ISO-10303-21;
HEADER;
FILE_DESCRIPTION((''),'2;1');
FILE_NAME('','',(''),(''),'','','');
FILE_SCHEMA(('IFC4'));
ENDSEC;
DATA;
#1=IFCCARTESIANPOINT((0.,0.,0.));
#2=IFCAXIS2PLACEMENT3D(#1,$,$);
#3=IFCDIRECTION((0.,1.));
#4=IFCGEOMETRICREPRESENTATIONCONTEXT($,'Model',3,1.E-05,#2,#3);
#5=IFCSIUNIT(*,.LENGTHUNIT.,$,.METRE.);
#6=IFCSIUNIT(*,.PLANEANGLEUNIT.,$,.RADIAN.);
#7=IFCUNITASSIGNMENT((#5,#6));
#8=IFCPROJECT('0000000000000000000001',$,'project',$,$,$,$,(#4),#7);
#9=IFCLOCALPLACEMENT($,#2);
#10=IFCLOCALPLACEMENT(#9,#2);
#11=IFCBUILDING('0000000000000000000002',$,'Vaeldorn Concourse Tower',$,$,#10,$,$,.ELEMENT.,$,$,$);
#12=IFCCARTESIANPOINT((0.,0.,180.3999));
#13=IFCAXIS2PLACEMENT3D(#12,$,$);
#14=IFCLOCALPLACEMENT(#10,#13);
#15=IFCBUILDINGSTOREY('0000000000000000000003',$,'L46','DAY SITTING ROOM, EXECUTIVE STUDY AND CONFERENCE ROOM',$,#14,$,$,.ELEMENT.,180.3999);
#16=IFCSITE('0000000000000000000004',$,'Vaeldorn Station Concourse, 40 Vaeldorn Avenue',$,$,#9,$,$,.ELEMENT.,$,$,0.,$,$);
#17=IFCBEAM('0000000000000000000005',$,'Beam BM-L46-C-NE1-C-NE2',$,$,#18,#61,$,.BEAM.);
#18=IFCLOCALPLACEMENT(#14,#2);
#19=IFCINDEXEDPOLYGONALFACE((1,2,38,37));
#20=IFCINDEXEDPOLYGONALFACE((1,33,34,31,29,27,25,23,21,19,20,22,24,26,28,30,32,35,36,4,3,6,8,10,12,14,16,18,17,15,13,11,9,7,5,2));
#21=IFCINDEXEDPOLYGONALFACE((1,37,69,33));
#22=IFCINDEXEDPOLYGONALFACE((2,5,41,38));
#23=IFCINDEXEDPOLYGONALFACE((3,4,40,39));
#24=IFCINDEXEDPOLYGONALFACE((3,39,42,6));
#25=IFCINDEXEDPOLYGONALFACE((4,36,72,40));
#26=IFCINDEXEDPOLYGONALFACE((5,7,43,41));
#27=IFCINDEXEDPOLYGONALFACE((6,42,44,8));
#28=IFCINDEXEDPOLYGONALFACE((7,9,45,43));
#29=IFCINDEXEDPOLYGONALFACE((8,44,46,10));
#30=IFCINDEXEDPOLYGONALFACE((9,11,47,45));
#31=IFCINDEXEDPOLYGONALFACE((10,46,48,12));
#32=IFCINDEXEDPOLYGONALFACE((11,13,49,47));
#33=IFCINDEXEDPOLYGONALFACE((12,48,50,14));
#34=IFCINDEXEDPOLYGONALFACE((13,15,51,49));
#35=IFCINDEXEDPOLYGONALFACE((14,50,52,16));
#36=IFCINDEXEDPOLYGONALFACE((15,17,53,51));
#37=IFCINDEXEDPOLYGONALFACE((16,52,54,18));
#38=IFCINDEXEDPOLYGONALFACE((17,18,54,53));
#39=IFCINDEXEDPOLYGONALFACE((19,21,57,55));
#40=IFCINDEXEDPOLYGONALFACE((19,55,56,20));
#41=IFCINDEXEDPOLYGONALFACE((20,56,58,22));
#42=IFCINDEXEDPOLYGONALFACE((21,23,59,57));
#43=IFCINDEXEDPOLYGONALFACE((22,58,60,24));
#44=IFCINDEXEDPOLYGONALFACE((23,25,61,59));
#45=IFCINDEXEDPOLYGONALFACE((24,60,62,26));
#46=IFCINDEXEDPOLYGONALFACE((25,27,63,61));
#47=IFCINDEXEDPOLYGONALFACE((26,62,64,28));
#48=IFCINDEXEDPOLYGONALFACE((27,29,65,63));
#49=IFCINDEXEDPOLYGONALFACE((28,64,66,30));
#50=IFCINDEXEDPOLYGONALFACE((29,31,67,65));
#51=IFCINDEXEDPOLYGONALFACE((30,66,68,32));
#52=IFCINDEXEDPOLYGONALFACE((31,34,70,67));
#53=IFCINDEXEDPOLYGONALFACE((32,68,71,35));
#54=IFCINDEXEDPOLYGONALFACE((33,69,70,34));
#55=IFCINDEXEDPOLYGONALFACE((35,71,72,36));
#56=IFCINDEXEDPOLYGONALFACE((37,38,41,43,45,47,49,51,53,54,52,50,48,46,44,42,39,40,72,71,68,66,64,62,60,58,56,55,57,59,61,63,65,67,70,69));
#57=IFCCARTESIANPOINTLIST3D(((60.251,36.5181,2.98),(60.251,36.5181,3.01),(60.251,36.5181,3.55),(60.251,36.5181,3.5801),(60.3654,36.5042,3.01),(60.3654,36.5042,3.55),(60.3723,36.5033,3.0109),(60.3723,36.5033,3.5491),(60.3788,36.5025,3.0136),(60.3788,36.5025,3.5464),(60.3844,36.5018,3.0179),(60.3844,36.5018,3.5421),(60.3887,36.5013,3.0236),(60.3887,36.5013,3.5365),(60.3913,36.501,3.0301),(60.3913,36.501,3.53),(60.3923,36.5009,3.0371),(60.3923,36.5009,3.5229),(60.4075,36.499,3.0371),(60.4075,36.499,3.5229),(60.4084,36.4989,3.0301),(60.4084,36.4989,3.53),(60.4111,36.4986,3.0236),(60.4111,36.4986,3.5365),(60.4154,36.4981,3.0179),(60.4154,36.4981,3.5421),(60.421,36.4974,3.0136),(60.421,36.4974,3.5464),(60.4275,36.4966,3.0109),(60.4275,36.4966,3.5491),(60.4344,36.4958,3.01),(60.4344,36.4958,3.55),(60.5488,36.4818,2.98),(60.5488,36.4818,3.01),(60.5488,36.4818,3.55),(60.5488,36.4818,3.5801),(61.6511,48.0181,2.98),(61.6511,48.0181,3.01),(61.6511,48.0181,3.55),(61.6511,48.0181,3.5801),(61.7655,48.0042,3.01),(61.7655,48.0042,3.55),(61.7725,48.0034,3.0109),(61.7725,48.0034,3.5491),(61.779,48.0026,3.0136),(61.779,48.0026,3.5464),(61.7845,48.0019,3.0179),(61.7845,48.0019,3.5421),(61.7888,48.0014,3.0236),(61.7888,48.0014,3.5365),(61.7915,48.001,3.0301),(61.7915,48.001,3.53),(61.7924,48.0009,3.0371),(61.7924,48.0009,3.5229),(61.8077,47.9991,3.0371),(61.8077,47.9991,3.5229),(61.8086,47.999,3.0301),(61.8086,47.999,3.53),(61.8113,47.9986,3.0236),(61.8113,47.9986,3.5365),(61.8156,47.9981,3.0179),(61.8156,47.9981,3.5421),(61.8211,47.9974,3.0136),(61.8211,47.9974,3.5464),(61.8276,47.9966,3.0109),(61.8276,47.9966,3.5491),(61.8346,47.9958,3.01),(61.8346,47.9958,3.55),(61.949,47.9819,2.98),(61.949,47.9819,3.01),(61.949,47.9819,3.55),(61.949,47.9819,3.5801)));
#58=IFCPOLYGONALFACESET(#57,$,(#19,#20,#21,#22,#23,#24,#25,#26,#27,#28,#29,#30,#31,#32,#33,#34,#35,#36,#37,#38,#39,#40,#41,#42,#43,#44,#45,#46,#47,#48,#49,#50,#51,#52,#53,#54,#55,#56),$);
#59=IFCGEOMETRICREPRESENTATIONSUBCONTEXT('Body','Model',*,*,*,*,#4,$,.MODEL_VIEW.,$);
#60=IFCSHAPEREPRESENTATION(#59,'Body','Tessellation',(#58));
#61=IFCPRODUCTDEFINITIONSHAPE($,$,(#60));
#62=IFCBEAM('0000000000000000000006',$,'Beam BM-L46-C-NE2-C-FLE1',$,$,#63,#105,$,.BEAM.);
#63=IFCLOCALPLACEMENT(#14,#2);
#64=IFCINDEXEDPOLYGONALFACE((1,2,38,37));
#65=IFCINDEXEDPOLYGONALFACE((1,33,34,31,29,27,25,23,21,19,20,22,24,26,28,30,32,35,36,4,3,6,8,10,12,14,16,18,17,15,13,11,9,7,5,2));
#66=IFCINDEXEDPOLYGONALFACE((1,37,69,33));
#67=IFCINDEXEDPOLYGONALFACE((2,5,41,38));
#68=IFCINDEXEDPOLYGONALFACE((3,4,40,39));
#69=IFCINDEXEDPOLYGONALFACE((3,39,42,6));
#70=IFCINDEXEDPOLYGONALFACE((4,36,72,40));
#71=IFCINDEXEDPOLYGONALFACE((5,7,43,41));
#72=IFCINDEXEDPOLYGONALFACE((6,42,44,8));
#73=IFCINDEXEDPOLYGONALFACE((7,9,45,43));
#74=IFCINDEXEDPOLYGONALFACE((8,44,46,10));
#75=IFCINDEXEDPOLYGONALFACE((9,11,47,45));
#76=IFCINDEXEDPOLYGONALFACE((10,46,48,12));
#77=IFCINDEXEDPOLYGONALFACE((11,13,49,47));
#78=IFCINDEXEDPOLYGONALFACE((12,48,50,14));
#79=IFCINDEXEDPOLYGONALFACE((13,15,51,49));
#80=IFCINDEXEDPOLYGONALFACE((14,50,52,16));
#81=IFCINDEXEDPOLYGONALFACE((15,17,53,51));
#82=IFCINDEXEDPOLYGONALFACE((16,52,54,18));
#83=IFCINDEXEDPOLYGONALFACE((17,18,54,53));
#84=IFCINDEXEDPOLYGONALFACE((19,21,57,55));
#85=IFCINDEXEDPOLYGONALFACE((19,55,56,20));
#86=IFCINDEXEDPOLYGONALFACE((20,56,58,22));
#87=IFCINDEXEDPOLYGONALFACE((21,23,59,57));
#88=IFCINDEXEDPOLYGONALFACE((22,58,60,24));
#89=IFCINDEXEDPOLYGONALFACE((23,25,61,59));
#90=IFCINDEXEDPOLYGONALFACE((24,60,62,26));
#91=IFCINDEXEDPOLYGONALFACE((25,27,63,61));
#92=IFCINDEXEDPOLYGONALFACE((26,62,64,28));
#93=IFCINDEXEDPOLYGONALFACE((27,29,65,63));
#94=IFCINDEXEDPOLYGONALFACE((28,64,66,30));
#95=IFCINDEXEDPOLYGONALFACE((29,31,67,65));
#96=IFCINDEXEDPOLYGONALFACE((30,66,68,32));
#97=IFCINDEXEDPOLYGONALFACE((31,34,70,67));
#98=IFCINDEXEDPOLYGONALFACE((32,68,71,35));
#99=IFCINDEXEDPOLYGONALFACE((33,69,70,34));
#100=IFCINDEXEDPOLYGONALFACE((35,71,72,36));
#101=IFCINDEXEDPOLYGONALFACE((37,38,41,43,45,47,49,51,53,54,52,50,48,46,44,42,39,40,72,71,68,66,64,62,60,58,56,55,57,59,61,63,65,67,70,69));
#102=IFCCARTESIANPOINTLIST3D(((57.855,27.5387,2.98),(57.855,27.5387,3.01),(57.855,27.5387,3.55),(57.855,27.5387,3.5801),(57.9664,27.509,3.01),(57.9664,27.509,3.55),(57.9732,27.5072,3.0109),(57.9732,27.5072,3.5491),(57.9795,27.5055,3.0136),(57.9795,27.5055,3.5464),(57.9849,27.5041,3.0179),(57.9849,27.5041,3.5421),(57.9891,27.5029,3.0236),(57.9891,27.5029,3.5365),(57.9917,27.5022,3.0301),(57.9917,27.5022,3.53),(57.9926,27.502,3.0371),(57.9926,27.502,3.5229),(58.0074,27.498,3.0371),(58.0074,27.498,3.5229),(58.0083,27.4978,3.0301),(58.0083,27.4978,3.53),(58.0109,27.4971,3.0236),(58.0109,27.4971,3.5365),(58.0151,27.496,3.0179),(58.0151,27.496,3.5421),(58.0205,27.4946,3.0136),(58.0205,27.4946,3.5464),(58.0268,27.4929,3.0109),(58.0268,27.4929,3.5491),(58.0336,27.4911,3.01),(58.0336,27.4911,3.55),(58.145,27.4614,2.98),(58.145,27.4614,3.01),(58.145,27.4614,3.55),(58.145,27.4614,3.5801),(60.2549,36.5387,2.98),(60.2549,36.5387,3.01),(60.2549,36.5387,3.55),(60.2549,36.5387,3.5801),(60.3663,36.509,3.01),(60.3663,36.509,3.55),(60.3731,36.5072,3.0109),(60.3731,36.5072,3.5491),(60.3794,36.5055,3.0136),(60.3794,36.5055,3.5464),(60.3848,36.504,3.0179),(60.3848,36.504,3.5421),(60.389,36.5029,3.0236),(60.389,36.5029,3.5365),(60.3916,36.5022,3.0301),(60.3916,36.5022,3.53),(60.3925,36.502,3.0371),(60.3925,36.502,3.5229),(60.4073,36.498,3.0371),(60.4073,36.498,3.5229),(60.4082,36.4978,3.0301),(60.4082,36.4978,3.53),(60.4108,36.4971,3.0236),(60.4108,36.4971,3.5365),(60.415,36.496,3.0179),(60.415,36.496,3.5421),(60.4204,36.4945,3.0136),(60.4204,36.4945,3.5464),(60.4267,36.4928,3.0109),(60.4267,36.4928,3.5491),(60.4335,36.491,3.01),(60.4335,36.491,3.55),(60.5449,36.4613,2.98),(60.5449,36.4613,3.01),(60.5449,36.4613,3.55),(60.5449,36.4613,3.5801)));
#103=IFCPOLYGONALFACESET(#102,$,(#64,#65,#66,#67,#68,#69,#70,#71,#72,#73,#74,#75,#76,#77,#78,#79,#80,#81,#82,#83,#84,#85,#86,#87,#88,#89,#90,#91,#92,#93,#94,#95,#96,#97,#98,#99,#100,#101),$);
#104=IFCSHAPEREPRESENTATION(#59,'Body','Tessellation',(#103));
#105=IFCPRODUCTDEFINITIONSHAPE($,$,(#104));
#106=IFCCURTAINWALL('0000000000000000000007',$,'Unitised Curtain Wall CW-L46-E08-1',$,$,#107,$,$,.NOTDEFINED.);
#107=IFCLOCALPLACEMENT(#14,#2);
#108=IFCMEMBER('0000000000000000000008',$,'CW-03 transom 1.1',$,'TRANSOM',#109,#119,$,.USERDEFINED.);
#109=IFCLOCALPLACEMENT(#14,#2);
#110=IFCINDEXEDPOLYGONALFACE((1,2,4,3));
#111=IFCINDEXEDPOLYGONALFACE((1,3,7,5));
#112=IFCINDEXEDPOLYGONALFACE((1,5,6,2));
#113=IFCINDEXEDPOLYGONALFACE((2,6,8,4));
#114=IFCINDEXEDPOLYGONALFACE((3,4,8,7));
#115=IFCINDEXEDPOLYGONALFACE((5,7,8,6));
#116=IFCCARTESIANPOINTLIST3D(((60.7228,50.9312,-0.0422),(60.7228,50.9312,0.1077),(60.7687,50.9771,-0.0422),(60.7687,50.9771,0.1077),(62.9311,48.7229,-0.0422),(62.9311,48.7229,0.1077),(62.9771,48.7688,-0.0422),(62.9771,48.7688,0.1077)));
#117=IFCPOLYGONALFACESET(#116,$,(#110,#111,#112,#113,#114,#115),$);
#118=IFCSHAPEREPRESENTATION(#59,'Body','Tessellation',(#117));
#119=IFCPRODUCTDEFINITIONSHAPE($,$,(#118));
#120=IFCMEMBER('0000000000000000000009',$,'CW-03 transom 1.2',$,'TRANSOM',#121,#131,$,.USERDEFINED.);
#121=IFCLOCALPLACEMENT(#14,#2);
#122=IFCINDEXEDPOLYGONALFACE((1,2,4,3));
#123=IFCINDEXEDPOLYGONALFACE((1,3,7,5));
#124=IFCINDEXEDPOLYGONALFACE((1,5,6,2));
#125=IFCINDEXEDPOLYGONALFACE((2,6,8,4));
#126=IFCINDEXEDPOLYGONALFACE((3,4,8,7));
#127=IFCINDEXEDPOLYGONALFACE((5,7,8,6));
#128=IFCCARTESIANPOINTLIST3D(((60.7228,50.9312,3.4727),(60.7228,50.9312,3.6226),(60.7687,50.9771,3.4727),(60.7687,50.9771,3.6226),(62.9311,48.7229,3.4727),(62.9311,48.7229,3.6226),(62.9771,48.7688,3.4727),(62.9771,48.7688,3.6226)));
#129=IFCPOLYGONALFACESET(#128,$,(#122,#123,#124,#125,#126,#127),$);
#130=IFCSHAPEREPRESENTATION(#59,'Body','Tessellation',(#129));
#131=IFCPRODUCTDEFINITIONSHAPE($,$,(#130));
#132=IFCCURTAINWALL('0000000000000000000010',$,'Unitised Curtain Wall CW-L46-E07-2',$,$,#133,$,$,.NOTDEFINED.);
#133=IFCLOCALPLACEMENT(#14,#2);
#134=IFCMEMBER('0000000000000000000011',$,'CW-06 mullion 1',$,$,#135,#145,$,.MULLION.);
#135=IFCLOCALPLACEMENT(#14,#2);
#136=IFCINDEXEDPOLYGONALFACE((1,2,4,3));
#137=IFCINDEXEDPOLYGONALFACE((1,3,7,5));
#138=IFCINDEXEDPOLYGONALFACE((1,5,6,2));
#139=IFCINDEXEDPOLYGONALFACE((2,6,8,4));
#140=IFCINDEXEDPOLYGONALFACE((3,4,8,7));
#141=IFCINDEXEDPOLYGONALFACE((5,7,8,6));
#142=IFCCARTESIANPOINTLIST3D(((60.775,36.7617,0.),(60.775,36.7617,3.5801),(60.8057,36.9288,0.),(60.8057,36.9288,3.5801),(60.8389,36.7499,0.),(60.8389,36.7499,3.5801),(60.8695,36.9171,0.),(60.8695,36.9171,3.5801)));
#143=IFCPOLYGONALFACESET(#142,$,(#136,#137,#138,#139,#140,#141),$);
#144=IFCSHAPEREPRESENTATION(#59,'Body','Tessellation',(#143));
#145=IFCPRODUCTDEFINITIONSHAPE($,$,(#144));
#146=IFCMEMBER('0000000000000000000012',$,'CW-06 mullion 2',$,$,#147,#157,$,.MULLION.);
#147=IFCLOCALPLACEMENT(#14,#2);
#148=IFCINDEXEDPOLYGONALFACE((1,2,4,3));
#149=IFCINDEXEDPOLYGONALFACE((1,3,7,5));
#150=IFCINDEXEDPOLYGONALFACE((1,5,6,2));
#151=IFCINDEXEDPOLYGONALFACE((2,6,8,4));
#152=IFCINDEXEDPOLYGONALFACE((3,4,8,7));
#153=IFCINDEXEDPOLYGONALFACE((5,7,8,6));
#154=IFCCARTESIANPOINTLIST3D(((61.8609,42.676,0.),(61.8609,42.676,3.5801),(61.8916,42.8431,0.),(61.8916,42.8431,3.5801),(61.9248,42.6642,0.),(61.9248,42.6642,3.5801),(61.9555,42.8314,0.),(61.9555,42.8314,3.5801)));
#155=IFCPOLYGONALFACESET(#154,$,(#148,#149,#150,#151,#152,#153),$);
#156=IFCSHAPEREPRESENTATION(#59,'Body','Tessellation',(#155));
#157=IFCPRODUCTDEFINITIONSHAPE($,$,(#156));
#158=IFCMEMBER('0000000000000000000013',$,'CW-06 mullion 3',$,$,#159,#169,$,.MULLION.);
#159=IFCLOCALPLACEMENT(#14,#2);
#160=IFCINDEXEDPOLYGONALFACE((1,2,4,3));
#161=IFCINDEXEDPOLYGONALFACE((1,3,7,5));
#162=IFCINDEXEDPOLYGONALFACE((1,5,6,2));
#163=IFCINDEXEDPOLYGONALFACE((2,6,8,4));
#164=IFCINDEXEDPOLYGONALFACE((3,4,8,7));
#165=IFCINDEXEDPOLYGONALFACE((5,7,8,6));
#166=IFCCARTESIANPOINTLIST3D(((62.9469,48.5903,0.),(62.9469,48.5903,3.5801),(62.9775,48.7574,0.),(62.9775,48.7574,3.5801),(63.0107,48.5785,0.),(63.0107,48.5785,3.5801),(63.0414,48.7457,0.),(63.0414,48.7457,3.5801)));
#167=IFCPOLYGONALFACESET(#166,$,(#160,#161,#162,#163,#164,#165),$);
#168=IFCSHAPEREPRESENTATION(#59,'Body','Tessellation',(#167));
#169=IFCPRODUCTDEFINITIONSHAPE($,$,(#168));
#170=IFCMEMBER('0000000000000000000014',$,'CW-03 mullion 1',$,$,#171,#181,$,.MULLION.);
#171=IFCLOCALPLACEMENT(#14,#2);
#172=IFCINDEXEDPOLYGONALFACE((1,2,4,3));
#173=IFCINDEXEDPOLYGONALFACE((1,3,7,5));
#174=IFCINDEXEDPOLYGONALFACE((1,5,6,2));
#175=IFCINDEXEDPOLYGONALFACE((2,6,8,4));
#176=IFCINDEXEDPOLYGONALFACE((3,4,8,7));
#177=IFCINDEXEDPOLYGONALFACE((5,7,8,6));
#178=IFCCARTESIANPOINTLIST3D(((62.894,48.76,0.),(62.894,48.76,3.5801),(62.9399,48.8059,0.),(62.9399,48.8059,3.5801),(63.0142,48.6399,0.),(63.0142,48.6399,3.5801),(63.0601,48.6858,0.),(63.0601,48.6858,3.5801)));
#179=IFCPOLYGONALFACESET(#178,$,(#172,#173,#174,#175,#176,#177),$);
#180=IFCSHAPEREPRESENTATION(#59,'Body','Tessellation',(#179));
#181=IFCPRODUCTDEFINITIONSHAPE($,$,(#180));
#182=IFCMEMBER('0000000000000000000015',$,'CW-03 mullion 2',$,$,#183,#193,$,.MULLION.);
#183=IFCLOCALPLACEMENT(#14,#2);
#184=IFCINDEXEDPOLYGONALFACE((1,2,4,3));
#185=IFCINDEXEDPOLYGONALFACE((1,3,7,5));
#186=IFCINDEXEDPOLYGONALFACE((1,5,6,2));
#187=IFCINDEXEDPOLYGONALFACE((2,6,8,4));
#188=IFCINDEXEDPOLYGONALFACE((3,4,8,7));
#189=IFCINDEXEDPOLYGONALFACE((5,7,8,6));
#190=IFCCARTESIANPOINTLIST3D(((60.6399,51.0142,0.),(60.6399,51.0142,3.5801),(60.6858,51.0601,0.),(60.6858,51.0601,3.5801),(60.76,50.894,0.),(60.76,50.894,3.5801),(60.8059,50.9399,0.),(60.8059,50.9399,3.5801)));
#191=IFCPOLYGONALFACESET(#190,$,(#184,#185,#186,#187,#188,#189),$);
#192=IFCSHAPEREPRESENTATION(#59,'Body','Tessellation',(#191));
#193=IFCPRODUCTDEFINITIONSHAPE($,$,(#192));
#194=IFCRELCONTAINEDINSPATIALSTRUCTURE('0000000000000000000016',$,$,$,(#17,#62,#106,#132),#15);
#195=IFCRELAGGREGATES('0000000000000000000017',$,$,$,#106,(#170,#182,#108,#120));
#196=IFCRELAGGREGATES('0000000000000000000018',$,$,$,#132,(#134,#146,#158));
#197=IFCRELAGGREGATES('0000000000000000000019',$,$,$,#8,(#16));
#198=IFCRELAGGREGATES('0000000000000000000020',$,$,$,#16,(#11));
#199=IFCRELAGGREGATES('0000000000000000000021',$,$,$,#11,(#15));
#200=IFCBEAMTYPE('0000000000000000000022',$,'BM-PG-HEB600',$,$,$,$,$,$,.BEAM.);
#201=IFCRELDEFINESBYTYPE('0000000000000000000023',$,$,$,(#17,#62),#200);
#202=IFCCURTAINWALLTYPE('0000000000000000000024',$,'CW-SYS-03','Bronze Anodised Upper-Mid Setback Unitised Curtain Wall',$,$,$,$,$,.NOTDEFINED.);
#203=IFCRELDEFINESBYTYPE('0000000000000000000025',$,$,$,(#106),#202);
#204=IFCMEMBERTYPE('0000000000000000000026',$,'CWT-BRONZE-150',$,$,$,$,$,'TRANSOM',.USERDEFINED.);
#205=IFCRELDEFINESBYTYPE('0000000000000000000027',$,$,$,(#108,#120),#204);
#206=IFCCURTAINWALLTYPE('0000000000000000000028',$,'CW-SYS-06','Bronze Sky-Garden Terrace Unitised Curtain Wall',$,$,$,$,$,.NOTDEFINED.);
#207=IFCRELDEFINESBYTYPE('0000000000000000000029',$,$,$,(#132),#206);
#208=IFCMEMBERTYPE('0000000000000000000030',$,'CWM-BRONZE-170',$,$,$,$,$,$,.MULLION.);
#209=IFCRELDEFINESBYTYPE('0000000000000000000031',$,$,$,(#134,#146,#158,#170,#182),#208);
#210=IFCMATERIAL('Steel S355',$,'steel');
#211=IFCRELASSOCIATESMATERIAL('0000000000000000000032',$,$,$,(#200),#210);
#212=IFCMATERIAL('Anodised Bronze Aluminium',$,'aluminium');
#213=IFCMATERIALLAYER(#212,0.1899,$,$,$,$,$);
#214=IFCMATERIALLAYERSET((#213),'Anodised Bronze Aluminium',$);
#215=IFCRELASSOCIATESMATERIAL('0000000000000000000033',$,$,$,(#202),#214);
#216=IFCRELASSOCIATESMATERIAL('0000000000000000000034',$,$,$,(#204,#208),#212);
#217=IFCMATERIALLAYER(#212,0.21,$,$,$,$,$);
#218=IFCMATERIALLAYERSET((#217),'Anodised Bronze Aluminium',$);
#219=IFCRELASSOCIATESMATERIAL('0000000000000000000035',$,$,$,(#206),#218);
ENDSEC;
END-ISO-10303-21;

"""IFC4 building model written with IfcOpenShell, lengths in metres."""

from ifc_helpers import new_model, si_unit, direction, frame, origin, origin_2d, place, context, subcontext, project, spatial, rectangle, i_section, extrude, source, transform, mapped, material, layer, layer_set, material_profile, profile_set, type_object, element, aggregate, save


model = new_model("IFC4")

# Units and contexts
model_context = context("Model", 3, precision=1e-05, world=origin(), true_north=direction((0.0, 1.0)))
body_context = subcontext(model_context, "Body", "Model", "MODEL_VIEW")
ifc_project = project(units=[si_unit("LENGTHUNIT", "METRE"), si_unit("PLANEANGLEUNIT", "RADIAN")], contexts=[model_context])

# Site, building, storey
site_placement = place(None, origin())
site = spatial("IfcSite", under=ifc_project, at=site_placement, Name="Vaeldorn Station Concourse, 40 Vaeldorn Avenue", CompositionType="ELEMENT", RefElevation=0.0)
building_placement = place(site_placement, origin())
building = spatial("IfcBuilding", under=site, at=building_placement, Name="Vaeldorn Concourse Tower", CompositionType="ELEMENT")
storey_placement = place(building_placement, frame((0.0, 0.0, 180.3999)))
storey = spatial("IfcBuildingStorey", under=building, at=storey_placement, Name="L46", Description="DAY SITTING ROOM, EXECUTIVE STUDY AND CONFERENCE ROOM", CompositionType="ELEMENT", Elevation=180.3999)

# Beams
ifc_material_1 = material(Name="Steel S355", Category="steel")
ifc_material_profile_1 = material_profile(ifc_material_1, i_section(OverallWidth=0.3, OverallDepth=0.6001, WebThickness=0.0154, FlangeThickness=0.03, FilletRadius=0.0271, at=origin_2d()), Name="HEB 600")
ifc_profile_set_1 = profile_set([ifc_material_profile_1], Name="Steel S355")
beam_type = type_object("IfcBeamType", Name="BM-PG-HEB600", PredefinedType="BEAM", material=ifc_profile_set_1)
shared_shape_1 = source(origin(), body_context, "Body", "SweptSolid", [
    extrude(i_section(OverallWidth=0.3, OverallDepth=0.6001, WebThickness=0.0154, FlangeThickness=0.03, FilletRadius=0.0271, at=origin_2d()), origin(), (0.0, 0.0, 1.0), 11.585),
])
beam_1_placement = place(storey_placement, frame((61.8, 48.0, 3.28), z_axis=(-0.120859, -0.99267, 0.0), x_axis=(0.99267, -0.120859, 0.0)))
element("IfcBeam", 1, at=beam_1_placement, inside=storey, type_object=beam_type, Name="Beam BM-L46-C-NE1-C-NE2", PredefinedType="BEAM", context=body_context, shape_type="MappedRepresentation", body=[
    mapped(shared_shape_1, transform((0.0, 0.0, 0.0), scale=1.0)),
])
shared_shape_2 = source(origin(), body_context, "Body", "SweptSolid", [
    extrude(i_section(OverallWidth=0.3, OverallDepth=0.6001, WebThickness=0.0154, FlangeThickness=0.03, FilletRadius=0.0271, at=origin_2d()), origin(), (0.0, 0.0, 1.0), 9.3145),
])
beam_2_placement = place(storey_placement, frame((60.3999, 36.5, 3.28), z_axis=(-0.257653, -0.966238, 0.0), x_axis=(0.966238, -0.257653, 0.0)))
element("IfcBeam", 2, at=beam_2_placement, inside=storey, type_object=beam_type, Name="Beam BM-L46-C-NE2-C-FLE1", PredefinedType="BEAM", context=body_context, shape_type="MappedRepresentation", body=[
    mapped(shared_shape_2, transform((0.0, 0.0, 0.0), scale=1.0)),
])

# Curtain walls, members
ifc_material_2 = material(Name="Anodised Bronze Aluminium", Category="aluminium")
ifc_layer_1 = layer(ifc_material_2, 0.1899)
ifc_layer_set_1 = layer_set([ifc_layer_1], Name="Anodised Bronze Aluminium")
curtain_wall_type_1 = type_object("IfcCurtainWallType", Name="CW-SYS-03", Description="Bronze Anodised Upper-Mid Setback Unitised Curtain Wall", PredefinedType="NOTDEFINED", material=ifc_layer_set_1)
curtain_wall_1_placement = place(storey_placement, origin())
curtain_wall_1 = element("IfcCurtainWall", 3, at=curtain_wall_1_placement, inside=storey, type_object=curtain_wall_type_1, Name="Unitised Curtain Wall CW-L46-E08-1", PredefinedType="NOTDEFINED")
ifc_material_profile_2 = material_profile(ifc_material_2, rectangle(XDim=0.0649, YDim=0.1499, at=origin_2d()), Name="CWT 65x150")
ifc_profile_set_2 = profile_set([ifc_material_profile_2], Name="Anodised Bronze Aluminium")
member_type_1 = type_object("IfcMemberType", Name="CWT-BRONZE-150", ElementType="TRANSOM", PredefinedType="USERDEFINED", material=ifc_profile_set_2)
shared_shape_3 = source(origin(), body_context, "Body", "SweptSolid", [
    extrude(rectangle(XDim=0.0649, YDim=0.1499, at=origin_2d()), origin(), (0.0, 0.0, 1.0), 3.123),
])
member_1_placement = place(storey_placement, frame((62.9541, 48.7458, 0.0327), z_axis=(-0.707107, 0.707107, 0.0), x_axis=(-0.707107, -0.707107, 0.0)))
member_1 = element("IfcMember", 4, at=member_1_placement, type_object=member_type_1, Name="CW-03 transom 1.1", ObjectType="TRANSOM", PredefinedType="USERDEFINED", context=body_context, shape_type="MappedRepresentation", body=[
    mapped(shared_shape_3, transform((0.0, 0.0, 0.0), scale=1.0)),
])
member_2_placement = place(storey_placement, frame((62.9541, 48.7458, 3.5476), z_axis=(-0.707107, 0.707107, 0.0), x_axis=(-0.707107, -0.707107, 0.0)))
member_2 = element("IfcMember", 5, at=member_2_placement, type_object=member_type_1, Name="CW-03 transom 1.2", ObjectType="TRANSOM", PredefinedType="USERDEFINED", context=body_context, shape_type="MappedRepresentation", body=[
    mapped(shared_shape_3, transform((0.0, 0.0, 0.0), scale=1.0)),
])
ifc_layer_2 = layer(ifc_material_2, 0.21)
ifc_layer_set_2 = layer_set([ifc_layer_2], Name="Anodised Bronze Aluminium")
curtain_wall_type_2 = type_object("IfcCurtainWallType", Name="CW-SYS-06", Description="Bronze Sky-Garden Terrace Unitised Curtain Wall", PredefinedType="NOTDEFINED", material=ifc_layer_set_2)
curtain_wall_2_placement = place(storey_placement, origin())
curtain_wall_2 = element("IfcCurtainWall", 6, at=curtain_wall_2_placement, inside=storey, type_object=curtain_wall_type_2, Name="Unitised Curtain Wall CW-L46-E07-2", PredefinedType="NOTDEFINED")
ifc_material_profile_3 = material_profile(ifc_material_2, rectangle(XDim=0.0649, YDim=0.1699, at=origin_2d()), Name="CWM 65x170")
ifc_profile_set_3 = profile_set([ifc_material_profile_3], Name="Anodised Bronze Aluminium")
member_type_2 = type_object("IfcMemberType", Name="CWM-BRONZE-170", PredefinedType="MULLION", material=ifc_profile_set_3)
shared_shape_4 = source(origin(), body_context, "Body", "SweptSolid", [
    extrude(rectangle(XDim=0.0649, YDim=0.1699, at=origin_2d()), origin(), (0.0, 0.0, 1.0), 3.5801),
])
member_3_placement = place(storey_placement, frame((60.8223, 36.8394, 0.0), z_axis=(0.0, 0.0, 1.0), x_axis=(-0.983559, 0.180585, 0.0)))
member_3 = element("IfcMember", 7, at=member_3_placement, type_object=member_type_2, Name="CW-06 mullion 1", PredefinedType="MULLION", context=body_context, shape_type="MappedRepresentation", body=[
    mapped(shared_shape_4, transform((0.0, 0.0, 0.0), scale=1.0)),
])
member_4_placement = place(storey_placement, frame((61.9082, 42.7537, 0.0), z_axis=(0.0, 0.0, 1.0), x_axis=(-0.983559, 0.180585, 0.0)))
member_4 = element("IfcMember", 8, at=member_4_placement, type_object=member_type_2, Name="CW-06 mullion 2", PredefinedType="MULLION", context=body_context, shape_type="MappedRepresentation", body=[
    mapped(shared_shape_4, transform((0.0, 0.0, 0.0), scale=1.0)),
])
member_5_placement = place(storey_placement, frame((62.9941, 48.668, 0.0), z_axis=(0.0, 0.0, 1.0), x_axis=(-0.983559, 0.180585, 0.0)))
member_5 = element("IfcMember", 9, at=member_5_placement, type_object=member_type_2, Name="CW-06 mullion 3", PredefinedType="MULLION", context=body_context, shape_type="MappedRepresentation", body=[
    mapped(shared_shape_4, transform((0.0, 0.0, 0.0), scale=1.0)),
])

# Members
member_6_placement = place(storey_placement, frame((62.9771, 48.7229, 0.0), z_axis=(0.0, 0.0, 1.0), x_axis=(-0.707107, -0.707107, 0.0)))
member_6 = element("IfcMember", 10, at=member_6_placement, type_object=member_type_2, Name="CW-03 mullion 1", PredefinedType="MULLION", context=body_context, shape_type="MappedRepresentation", body=[
    mapped(shared_shape_4, transform((0.0, 0.0, 0.0), scale=1.0)),
])
member_7_placement = place(storey_placement, frame((60.7229, 50.9771, 0.0), z_axis=(0.0, 0.0, 1.0), x_axis=(-0.707107, -0.707107, 0.0)))
member_7 = element("IfcMember", 11, at=member_7_placement, type_object=member_type_2, Name="CW-03 mullion 2", PredefinedType="MULLION", context=body_context, shape_type="MappedRepresentation", body=[
    mapped(shared_shape_4, transform((0.0, 0.0, 0.0), scale=1.0)),
])

aggregate(curtain_wall_1, [member_6, member_7, member_1, member_2])
aggregate(curtain_wall_2, [member_3, member_4, member_5])

save(model, "model.ifc")
